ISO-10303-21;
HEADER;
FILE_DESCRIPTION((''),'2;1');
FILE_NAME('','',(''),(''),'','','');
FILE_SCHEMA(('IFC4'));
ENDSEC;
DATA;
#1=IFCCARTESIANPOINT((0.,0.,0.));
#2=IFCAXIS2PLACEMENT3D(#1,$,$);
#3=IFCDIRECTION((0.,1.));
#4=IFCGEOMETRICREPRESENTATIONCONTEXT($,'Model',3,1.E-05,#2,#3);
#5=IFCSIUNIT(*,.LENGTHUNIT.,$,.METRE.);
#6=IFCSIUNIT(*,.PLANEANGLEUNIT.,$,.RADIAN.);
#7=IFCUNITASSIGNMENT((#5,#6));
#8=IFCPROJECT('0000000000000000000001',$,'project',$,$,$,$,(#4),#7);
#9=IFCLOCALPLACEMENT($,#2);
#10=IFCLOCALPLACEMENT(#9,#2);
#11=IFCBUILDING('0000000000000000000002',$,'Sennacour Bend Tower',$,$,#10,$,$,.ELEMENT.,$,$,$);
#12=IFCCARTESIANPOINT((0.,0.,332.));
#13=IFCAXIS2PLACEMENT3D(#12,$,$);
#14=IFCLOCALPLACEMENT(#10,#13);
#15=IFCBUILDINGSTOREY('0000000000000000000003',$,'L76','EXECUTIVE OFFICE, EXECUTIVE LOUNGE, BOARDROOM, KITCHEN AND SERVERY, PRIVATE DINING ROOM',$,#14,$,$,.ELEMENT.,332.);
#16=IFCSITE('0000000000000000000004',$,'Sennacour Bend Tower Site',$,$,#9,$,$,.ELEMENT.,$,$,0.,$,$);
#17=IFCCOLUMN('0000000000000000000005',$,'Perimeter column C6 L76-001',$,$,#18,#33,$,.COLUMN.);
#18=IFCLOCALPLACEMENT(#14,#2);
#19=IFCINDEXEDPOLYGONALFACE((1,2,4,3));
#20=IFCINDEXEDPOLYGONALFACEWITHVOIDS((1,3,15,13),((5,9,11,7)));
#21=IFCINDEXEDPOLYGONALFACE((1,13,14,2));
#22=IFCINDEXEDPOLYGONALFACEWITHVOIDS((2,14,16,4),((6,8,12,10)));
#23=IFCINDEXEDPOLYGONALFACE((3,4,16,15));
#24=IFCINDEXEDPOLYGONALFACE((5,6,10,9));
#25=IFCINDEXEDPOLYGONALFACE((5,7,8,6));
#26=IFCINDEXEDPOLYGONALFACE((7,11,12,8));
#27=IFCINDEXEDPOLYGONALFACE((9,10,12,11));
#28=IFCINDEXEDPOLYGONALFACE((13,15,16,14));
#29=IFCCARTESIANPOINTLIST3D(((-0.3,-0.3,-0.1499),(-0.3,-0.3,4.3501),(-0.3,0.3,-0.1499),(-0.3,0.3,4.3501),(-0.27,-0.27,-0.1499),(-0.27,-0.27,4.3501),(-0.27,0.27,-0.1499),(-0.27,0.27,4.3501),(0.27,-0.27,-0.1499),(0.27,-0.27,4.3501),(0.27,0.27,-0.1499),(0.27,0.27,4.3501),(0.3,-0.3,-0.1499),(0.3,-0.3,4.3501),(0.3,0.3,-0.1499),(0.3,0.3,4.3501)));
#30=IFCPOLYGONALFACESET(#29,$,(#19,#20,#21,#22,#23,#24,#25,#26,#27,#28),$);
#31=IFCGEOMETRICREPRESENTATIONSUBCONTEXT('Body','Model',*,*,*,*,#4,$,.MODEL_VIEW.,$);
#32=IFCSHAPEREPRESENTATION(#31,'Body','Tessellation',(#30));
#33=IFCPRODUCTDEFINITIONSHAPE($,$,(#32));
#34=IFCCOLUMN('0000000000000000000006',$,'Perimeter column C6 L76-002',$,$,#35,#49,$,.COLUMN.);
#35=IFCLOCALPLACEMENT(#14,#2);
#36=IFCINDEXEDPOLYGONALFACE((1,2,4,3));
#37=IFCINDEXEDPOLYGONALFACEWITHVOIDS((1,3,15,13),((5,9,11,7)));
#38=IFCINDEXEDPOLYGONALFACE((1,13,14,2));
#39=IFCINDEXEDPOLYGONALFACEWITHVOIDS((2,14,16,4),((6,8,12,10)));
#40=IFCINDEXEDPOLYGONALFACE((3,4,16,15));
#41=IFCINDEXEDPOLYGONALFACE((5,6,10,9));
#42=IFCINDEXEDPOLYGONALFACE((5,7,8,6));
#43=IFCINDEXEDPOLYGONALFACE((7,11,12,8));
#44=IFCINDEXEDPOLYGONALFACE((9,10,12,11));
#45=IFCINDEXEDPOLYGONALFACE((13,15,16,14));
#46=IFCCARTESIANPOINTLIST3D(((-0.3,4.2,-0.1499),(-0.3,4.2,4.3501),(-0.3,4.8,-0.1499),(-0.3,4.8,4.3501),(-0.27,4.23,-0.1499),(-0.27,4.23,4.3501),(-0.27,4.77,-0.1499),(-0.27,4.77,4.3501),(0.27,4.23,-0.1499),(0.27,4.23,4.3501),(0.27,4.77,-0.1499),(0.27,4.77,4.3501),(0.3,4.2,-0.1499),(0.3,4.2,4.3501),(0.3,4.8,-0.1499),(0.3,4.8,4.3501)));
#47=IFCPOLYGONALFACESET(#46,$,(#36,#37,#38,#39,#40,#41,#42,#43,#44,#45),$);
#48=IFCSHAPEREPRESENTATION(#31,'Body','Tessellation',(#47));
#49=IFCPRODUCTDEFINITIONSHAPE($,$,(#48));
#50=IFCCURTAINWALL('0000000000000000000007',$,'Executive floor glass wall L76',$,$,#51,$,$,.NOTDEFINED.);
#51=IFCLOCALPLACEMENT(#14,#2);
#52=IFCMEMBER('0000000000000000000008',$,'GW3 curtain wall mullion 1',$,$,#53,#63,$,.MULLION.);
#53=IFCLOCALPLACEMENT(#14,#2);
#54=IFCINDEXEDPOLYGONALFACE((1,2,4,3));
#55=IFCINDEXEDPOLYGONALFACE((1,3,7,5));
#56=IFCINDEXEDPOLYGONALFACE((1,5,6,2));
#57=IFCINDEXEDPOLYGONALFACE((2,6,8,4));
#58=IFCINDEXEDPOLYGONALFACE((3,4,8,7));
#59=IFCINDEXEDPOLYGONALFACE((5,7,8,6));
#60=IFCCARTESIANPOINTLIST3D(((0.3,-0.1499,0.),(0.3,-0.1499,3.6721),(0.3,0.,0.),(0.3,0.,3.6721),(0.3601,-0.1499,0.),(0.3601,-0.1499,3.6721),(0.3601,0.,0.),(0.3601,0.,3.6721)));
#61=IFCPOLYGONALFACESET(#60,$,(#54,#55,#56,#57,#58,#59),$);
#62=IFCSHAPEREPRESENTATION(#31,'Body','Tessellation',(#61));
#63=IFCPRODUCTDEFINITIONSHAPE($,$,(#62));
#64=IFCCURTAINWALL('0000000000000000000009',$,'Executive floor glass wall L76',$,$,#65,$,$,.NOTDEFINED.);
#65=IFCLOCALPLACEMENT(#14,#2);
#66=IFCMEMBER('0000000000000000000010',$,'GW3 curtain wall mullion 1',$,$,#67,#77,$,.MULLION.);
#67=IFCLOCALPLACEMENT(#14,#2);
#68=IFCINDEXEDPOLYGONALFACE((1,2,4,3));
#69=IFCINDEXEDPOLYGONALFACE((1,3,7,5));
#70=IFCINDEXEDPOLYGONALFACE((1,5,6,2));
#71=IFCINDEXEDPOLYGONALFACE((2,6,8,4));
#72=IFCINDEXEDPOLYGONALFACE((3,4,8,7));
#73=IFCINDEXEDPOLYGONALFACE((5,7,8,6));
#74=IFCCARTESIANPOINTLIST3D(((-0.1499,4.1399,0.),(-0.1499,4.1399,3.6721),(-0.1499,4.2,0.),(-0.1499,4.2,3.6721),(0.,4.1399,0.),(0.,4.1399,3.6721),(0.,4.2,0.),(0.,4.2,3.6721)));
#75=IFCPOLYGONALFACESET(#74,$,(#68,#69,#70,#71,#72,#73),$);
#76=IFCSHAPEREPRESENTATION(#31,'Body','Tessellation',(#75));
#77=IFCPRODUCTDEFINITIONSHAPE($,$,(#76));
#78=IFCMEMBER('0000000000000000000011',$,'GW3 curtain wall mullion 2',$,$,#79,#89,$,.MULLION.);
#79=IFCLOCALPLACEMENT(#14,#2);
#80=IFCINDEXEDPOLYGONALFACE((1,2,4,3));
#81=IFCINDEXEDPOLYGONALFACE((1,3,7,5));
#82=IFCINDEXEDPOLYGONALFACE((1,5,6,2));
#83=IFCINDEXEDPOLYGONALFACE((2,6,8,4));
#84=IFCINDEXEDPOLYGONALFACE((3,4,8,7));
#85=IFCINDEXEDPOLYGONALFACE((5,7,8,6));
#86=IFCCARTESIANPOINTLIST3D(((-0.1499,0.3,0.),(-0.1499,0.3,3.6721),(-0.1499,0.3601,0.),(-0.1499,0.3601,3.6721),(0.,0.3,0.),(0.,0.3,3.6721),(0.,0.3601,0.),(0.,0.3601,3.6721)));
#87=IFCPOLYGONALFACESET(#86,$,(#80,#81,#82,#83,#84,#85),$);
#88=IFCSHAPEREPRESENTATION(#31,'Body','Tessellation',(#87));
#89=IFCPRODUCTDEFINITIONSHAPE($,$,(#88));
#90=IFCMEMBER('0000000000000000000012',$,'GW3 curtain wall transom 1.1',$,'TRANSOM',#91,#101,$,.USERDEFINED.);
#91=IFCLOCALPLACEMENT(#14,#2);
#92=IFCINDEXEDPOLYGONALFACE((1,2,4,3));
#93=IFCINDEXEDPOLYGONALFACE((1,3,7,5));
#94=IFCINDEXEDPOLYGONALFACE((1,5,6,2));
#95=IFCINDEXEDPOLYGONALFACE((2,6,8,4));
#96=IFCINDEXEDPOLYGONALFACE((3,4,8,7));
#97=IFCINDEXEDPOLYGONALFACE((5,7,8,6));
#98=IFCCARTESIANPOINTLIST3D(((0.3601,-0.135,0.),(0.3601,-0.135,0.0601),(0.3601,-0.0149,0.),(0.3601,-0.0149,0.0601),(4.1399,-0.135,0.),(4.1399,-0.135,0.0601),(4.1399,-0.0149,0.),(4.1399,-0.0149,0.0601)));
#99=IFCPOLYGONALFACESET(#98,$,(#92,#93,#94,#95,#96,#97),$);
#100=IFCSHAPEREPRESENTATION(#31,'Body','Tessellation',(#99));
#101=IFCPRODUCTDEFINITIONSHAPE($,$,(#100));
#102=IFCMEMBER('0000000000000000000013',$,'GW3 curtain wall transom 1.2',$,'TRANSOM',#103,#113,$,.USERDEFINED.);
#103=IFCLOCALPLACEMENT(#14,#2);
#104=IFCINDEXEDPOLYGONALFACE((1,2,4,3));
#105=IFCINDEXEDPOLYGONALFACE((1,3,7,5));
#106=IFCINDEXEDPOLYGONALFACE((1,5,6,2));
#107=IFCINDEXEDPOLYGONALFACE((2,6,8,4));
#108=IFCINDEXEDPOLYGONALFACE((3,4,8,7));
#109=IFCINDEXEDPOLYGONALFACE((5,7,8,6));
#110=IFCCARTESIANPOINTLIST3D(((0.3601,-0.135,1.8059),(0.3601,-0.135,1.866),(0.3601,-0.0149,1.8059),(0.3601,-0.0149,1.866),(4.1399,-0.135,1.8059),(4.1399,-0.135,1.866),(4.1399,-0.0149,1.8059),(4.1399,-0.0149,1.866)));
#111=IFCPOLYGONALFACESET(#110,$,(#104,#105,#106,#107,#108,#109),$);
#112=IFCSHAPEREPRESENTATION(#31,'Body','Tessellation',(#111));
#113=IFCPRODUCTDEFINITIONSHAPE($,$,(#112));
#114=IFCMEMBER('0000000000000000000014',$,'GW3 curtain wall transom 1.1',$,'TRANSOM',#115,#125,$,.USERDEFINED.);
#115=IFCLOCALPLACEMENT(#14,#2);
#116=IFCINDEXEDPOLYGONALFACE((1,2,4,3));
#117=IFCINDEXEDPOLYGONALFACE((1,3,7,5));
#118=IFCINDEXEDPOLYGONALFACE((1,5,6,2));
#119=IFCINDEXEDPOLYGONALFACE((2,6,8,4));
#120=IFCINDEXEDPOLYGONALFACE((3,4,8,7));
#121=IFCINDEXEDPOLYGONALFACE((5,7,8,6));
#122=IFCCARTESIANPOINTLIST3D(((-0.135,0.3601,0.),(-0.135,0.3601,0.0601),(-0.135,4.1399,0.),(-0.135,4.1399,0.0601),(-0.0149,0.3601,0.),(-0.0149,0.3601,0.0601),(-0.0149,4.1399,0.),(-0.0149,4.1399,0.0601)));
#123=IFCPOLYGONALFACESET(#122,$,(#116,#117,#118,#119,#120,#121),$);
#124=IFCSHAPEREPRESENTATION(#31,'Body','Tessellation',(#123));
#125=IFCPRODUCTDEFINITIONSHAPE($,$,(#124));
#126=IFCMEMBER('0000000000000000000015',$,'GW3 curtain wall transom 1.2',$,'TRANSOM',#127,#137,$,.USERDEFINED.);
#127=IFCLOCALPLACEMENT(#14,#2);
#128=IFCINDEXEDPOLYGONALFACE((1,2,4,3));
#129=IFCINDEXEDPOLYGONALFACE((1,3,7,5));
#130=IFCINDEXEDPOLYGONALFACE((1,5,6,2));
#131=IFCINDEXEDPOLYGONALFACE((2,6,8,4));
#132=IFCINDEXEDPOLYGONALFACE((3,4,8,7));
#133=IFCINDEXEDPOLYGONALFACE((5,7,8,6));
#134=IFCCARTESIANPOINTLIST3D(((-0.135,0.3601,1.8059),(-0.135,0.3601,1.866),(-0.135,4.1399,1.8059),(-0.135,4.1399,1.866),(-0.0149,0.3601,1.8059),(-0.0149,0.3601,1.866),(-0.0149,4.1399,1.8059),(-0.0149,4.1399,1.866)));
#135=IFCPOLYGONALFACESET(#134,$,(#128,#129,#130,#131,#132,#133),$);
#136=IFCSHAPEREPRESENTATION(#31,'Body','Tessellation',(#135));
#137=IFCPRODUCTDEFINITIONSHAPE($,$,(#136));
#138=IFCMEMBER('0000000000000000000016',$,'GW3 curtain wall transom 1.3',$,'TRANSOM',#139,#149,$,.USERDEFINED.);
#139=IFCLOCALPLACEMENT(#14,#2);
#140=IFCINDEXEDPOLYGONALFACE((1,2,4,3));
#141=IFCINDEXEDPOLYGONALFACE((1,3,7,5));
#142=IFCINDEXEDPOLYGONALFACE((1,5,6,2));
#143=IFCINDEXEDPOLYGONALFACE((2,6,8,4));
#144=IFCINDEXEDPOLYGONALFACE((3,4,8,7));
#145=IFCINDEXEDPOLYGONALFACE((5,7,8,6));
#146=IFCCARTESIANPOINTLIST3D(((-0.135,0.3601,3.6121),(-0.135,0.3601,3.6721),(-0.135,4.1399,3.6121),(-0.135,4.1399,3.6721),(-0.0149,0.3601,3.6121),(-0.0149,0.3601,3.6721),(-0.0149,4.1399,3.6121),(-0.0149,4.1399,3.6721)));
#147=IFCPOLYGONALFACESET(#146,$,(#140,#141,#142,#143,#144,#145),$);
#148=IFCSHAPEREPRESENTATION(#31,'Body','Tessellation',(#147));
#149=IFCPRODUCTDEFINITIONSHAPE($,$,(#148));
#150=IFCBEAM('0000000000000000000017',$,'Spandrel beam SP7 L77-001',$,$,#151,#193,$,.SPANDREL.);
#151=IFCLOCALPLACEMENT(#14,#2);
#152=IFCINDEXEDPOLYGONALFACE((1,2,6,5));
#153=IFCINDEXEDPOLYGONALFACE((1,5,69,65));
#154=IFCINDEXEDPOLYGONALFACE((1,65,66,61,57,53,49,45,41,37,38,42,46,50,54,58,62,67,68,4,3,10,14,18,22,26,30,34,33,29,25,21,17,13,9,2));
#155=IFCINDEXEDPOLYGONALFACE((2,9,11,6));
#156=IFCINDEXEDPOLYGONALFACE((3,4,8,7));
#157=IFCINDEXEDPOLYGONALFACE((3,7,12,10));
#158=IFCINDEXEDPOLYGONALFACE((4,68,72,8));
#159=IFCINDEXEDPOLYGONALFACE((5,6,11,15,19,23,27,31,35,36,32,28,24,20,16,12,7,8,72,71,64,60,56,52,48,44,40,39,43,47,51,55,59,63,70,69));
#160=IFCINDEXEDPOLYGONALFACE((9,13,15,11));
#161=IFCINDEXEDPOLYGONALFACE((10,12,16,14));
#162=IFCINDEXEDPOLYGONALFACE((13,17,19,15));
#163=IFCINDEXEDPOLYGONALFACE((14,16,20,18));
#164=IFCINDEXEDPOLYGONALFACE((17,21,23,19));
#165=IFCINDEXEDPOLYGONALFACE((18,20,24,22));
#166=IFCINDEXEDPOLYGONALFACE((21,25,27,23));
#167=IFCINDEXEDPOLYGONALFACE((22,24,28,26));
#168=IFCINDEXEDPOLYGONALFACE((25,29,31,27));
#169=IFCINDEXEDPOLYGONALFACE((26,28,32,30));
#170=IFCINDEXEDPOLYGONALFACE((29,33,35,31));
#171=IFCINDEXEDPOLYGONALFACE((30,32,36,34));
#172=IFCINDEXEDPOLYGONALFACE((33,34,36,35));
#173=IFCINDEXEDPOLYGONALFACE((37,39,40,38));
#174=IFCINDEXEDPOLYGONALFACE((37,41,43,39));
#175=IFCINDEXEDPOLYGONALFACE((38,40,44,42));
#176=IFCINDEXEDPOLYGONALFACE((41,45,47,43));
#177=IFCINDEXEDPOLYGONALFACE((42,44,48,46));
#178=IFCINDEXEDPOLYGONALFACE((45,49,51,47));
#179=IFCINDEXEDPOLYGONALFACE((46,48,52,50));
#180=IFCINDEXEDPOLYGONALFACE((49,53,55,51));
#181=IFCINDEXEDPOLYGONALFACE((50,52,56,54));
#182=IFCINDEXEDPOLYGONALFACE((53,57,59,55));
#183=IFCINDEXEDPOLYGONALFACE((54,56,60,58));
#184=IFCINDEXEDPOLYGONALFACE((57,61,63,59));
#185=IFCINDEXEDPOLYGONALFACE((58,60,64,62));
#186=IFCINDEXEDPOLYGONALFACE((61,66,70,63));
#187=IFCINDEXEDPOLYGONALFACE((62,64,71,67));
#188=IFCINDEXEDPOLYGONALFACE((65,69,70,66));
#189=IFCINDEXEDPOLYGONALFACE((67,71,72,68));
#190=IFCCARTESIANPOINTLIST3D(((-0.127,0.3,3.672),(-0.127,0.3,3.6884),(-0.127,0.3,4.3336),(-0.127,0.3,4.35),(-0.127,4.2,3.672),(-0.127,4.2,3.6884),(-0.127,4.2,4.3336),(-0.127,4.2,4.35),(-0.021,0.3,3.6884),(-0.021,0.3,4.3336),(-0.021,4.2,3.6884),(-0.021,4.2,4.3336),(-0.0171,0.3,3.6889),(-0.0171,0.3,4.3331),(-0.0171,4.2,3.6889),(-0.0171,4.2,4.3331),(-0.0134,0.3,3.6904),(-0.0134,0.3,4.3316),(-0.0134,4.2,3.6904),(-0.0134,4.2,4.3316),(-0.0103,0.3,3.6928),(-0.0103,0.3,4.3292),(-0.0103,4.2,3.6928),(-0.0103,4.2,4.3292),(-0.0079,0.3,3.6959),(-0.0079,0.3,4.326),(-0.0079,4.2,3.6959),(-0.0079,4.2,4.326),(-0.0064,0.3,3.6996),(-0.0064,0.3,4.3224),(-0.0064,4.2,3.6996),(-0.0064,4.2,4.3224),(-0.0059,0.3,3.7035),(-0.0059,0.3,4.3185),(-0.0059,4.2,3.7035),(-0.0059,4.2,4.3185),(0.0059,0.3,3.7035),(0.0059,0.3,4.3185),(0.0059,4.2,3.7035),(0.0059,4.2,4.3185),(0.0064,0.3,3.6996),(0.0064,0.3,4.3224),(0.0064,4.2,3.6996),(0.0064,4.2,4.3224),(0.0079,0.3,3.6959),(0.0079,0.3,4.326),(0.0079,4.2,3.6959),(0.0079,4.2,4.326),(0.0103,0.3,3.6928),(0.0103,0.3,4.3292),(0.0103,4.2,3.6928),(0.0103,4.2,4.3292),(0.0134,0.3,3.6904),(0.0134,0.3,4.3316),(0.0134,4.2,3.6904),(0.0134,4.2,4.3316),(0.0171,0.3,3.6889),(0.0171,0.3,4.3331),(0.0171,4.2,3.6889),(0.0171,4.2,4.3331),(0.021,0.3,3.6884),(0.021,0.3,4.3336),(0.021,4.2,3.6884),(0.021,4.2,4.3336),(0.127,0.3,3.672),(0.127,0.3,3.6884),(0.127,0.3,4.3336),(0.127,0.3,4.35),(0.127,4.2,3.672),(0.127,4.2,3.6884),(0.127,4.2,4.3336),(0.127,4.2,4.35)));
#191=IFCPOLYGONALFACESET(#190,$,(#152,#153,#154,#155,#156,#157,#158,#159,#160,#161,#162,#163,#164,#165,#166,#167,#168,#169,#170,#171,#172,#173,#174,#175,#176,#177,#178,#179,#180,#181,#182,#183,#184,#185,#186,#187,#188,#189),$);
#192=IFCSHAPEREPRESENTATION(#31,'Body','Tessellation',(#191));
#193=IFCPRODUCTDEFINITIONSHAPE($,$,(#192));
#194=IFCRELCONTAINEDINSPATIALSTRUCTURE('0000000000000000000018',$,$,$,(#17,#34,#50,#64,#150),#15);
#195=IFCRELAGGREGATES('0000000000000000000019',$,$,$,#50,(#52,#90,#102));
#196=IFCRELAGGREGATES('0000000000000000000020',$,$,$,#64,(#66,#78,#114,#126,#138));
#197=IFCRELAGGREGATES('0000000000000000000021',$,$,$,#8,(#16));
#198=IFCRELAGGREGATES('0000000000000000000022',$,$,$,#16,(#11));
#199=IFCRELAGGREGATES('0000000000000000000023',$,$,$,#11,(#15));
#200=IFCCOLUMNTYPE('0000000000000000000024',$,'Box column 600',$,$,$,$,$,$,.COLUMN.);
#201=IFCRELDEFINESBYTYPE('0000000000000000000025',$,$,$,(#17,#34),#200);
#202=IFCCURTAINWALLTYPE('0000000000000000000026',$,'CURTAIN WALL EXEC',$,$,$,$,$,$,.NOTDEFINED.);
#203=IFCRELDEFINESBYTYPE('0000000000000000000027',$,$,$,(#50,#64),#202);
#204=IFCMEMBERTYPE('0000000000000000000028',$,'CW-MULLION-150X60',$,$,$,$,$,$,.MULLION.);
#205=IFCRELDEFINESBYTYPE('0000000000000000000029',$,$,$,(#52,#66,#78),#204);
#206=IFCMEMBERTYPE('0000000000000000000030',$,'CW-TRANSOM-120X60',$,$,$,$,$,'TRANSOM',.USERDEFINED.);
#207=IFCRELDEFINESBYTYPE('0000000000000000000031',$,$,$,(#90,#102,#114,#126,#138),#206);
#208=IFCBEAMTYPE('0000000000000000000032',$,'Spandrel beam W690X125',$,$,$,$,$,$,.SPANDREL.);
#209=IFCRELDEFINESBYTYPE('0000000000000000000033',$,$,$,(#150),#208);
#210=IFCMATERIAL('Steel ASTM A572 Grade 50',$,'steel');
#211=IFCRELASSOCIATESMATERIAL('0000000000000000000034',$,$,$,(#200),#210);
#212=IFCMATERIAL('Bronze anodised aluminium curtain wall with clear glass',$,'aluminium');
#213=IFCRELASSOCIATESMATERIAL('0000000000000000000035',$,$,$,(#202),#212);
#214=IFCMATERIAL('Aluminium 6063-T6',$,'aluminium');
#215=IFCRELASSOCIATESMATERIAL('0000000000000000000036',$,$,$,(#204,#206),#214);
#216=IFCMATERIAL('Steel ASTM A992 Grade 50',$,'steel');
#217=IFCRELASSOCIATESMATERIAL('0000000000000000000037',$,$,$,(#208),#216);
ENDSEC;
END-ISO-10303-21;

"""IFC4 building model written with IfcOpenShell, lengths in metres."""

from ifc_helpers import new_model, si_unit, direction, frame, origin, origin_2d, place, context, subcontext, project, spatial, rectangle, hollow_rectangle, i_section, extrude, material, material_profile, profile_set, type_object, element, aggregate, save


model = new_model("IFC4")

# Units and contexts
model_context = context("Model", 3, precision=1e-05, world=origin(), true_north=direction((0.0, 1.0)))
body_context = subcontext(model_context, "Body", "Model", "MODEL_VIEW")
ifc_project = project(units=[si_unit("LENGTHUNIT", "METRE"), si_unit("PLANEANGLEUNIT", "RADIAN")], contexts=[model_context])

# Site, building, storey
site_placement = place(None, origin())
site = spatial("IfcSite", under=ifc_project, at=site_placement, Name="Sennacour Bend Tower Site", CompositionType="ELEMENT", RefElevation=0.0)
building_placement = place(site_placement, origin())
building = spatial("IfcBuilding", under=site, at=building_placement, Name="Sennacour Bend Tower", CompositionType="ELEMENT")
storey_placement = place(building_placement, frame((0.0, 0.0, 332.0)))
storey = spatial("IfcBuildingStorey", under=building, at=storey_placement, Name="L76", Description="EXECUTIVE OFFICE, EXECUTIVE LOUNGE, BOARDROOM, KITCHEN AND SERVERY, PRIVATE DINING ROOM", CompositionType="ELEMENT", Elevation=332.0)

# Columns
ifc_material_1 = material(Name="Steel ASTM A572 Grade 50", Category="steel")
ifc_material_profile_1 = material_profile(ifc_material_1, hollow_rectangle(XDim=0.6001, YDim=0.6001, WallThickness=0.03, at=origin_2d()), Name="Steel ASTM A572 Grade 50", Category="steel")
ifc_profile_set_1 = profile_set([ifc_material_profile_1], Name="Steel ASTM A572 Grade 50")
column_type = type_object("IfcColumnType", Name="Box column 600", PredefinedType="COLUMN", material=ifc_profile_set_1)
for number, where, z_axis, x_axis, name in (
    (1, (0.0, 0.0, -0.1499), (0.0, 0.0, 1.0), (1.0, 0.0, 0.0), "Perimeter column C6 L76-001"),
    (2, (0.0, 4.5, -0.1499), (0.0, 0.0, 1.0), (1.0, 0.0, 0.0), "Perimeter column C6 L76-002"),
):
    element("IfcColumn", number, at=place(storey_placement, frame(where, z_axis=z_axis, x_axis=x_axis)), inside=storey, type_object=column_type, Name=name, PredefinedType="COLUMN", context=body_context, shape_type="SweptSolid", body=[
        extrude(hollow_rectangle(XDim=0.6001, YDim=0.6001, WallThickness=0.03, at=origin_2d()), origin(), (0.0, 0.0, 1.0), 4.5),
    ])

# Curtain wall, member
ifc_material_2 = material(Name="Bronze anodised aluminium curtain wall with clear glass", Category="aluminium")
curtain_wall_type = type_object("IfcCurtainWallType", Name="CURTAIN WALL EXEC", PredefinedType="NOTDEFINED", material=ifc_material_2)
curtain_wall_1_placement = place(storey_placement, origin())
curtain_wall_1 = element("IfcCurtainWall", 3, at=curtain_wall_1_placement, inside=storey, type_object=curtain_wall_type, Name="Executive floor glass wall L76", PredefinedType="NOTDEFINED")
ifc_material_3 = material(Name="Aluminium 6063-T6", Category="aluminium")
ifc_material_profile_2 = material_profile(ifc_material_3, rectangle(XDim=0.1499, YDim=0.0601, at=origin_2d()), Name="Aluminium 6063-T6", Category="aluminium")
ifc_profile_set_2 = profile_set([ifc_material_profile_2], Name="Aluminium 6063-T6")
member_type_1 = type_object("IfcMemberType", Name="CW-MULLION-150X60", PredefinedType="MULLION", material=ifc_profile_set_2)
member_1_placement = place(storey_placement, frame((0.3301, -0.075, 0.0), z_axis=(0.0, 0.0, 1.0), x_axis=(0.0, 1.0, 0.0)))
member_1 = element("IfcMember", 4, at=member_1_placement, type_object=member_type_1, Name="GW3 curtain wall mullion 1", PredefinedType="MULLION", context=body_context, shape_type="SweptSolid", body=[
    extrude(rectangle(XDim=0.1499, YDim=0.0601, at=origin_2d()), origin(), (0.0, 0.0, 1.0), 3.6721),
])

# Curtain wall, members
curtain_wall_2_placement = place(storey_placement, origin())
curtain_wall_2 = element("IfcCurtainWall", 5, at=curtain_wall_2_placement, inside=storey, type_object=curtain_wall_type, Name="Executive floor glass wall L76", PredefinedType="NOTDEFINED")
member_2_placement = place(storey_placement, frame((-0.075, 4.1699, 0.0), z_axis=(0.0, 0.0, 1.0), x_axis=(1.0, 0.0, 0.0)))
member_2 = element("IfcMember", 6, at=member_2_placement, type_object=member_type_1, Name="GW3 curtain wall mullion 1", PredefinedType="MULLION", context=body_context, shape_type="SweptSolid", body=[
    extrude(rectangle(XDim=0.1499, YDim=0.0601, at=origin_2d()), origin(), (0.0, 0.0, 1.0), 3.6721),
])
member_3_placement = place(storey_placement, frame((-0.075, 0.3301, 0.0), z_axis=(0.0, 0.0, 1.0), x_axis=(1.0, 0.0, 0.0)))
member_3 = element("IfcMember", 7, at=member_3_placement, type_object=member_type_1, Name="GW3 curtain wall mullion 2", PredefinedType="MULLION", context=body_context, shape_type="SweptSolid", body=[
    extrude(rectangle(XDim=0.1499, YDim=0.0601, at=origin_2d()), origin(), (0.0, 0.0, 1.0), 3.6721),
])

# Members
ifc_material_profile_3 = material_profile(ifc_material_3, rectangle(XDim=0.1201, YDim=0.0601, at=origin_2d()), Name="Aluminium 6063-T6", Category="aluminium")
ifc_profile_set_3 = profile_set([ifc_material_profile_3], Name="Aluminium 6063-T6")
member_type_2 = type_object("IfcMemberType", Name="CW-TRANSOM-120X60", ElementType="TRANSOM", PredefinedType="USERDEFINED", material=ifc_profile_set_3)
member_4_placement = place(storey_placement, frame((0.3601, -0.075, 0.03), z_axis=(1.0, 0.0, 0.0), x_axis=(0.0, 1.0, 0.0)))
member_4 = element("IfcMember", 8, at=member_4_placement, type_object=member_type_2, Name="GW3 curtain wall transom 1.1", ObjectType="TRANSOM", PredefinedType="USERDEFINED", context=body_context, shape_type="SweptSolid", body=[
    extrude(rectangle(XDim=0.1201, YDim=0.0601, at=origin_2d()), origin(), (0.0, 0.0, 1.0), 3.7798),
])
member_5_placement = place(storey_placement, frame((0.3601, -0.075, 1.8359), z_axis=(1.0, 0.0, 0.0), x_axis=(0.0, 1.0, 0.0)))
member_5 = element("IfcMember", 9, at=member_5_placement, type_object=member_type_2, Name="GW3 curtain wall transom 1.2", ObjectType="TRANSOM", PredefinedType="USERDEFINED", context=body_context, shape_type="SweptSolid", body=[
    extrude(rectangle(XDim=0.1201, YDim=0.0601, at=origin_2d()), origin(), (0.0, 0.0, 1.0), 3.7798),
])
aggregate(curtain_wall_1, [member_1, member_4, member_5])
member_6_placement = place(storey_placement, frame((-0.075, 4.1399, 0.03), z_axis=(0.0, -1.0, 0.0), x_axis=(1.0, 0.0, 0.0)))
member_6 = element("IfcMember", 10, at=member_6_placement, type_object=member_type_2, Name="GW3 curtain wall transom 1.1", ObjectType="TRANSOM", PredefinedType="USERDEFINED", context=body_context, shape_type="SweptSolid", body=[
    extrude(rectangle(XDim=0.1201, YDim=0.0601, at=origin_2d()), origin(), (0.0, 0.0, 1.0), 3.7798),
])
member_7_placement = place(storey_placement, frame((-0.075, 4.1399, 1.8359), z_axis=(0.0, -1.0, 0.0), x_axis=(1.0, 0.0, 0.0)))
member_7 = element("IfcMember", 11, at=member_7_placement, type_object=member_type_2, Name="GW3 curtain wall transom 1.2", ObjectType="TRANSOM", PredefinedType="USERDEFINED", context=body_context, shape_type="SweptSolid", body=[
    extrude(rectangle(XDim=0.1201, YDim=0.0601, at=origin_2d()), origin(), (0.0, 0.0, 1.0), 3.7798),
])
member_8_placement = place(storey_placement, frame((-0.075, 4.1399, 3.6421), z_axis=(0.0, -1.0, 0.0), x_axis=(1.0, 0.0, 0.0)))
member_8 = element("IfcMember", 12, at=member_8_placement, type_object=member_type_2, Name="GW3 curtain wall transom 1.3", ObjectType="TRANSOM", PredefinedType="USERDEFINED", context=body_context, shape_type="SweptSolid", body=[
    extrude(rectangle(XDim=0.1201, YDim=0.0601, at=origin_2d()), origin(), (0.0, 0.0, 1.0), 3.7798),
])

# Beam
ifc_material_4 = material(Name="Steel ASTM A992 Grade 50", Category="steel")
ifc_material_profile_4 = material_profile(ifc_material_4, i_section(OverallWidth=0.2539, OverallDepth=0.678, WebThickness=0.0117, FlangeThickness=0.0164, FilletRadius=0.0151, at=origin_2d()), Name="Steel ASTM A992 Grade 50", Category="steel")
ifc_profile_set_4 = profile_set([ifc_material_profile_4], Name="Steel ASTM A992 Grade 50")
beam_type = type_object("IfcBeamType", Name="Spandrel beam W690X125", PredefinedType="SPANDREL", material=ifc_profile_set_4)
beam_placement = place(storey_placement, frame((0.0, 0.3, 4.011), z_axis=(0.0, 1.0, 0.0), x_axis=(-1.0, 0.0, 0.0)))
element("IfcBeam", 13, at=beam_placement, inside=storey, type_object=beam_type, Name="Spandrel beam SP7 L77-001", PredefinedType="SPANDREL", context=body_context, shape_type="SweptSolid", body=[
    extrude(i_section(OverallWidth=0.2539, OverallDepth=0.678, WebThickness=0.0117, FlangeThickness=0.0164, FilletRadius=0.0151, at=origin_2d()), origin(), (0.0, 0.0, 1.0), 3.8999),
])

aggregate(curtain_wall_2, [member_2, member_3, member_6, member_7, member_8])

save(model, "model.ifc")
